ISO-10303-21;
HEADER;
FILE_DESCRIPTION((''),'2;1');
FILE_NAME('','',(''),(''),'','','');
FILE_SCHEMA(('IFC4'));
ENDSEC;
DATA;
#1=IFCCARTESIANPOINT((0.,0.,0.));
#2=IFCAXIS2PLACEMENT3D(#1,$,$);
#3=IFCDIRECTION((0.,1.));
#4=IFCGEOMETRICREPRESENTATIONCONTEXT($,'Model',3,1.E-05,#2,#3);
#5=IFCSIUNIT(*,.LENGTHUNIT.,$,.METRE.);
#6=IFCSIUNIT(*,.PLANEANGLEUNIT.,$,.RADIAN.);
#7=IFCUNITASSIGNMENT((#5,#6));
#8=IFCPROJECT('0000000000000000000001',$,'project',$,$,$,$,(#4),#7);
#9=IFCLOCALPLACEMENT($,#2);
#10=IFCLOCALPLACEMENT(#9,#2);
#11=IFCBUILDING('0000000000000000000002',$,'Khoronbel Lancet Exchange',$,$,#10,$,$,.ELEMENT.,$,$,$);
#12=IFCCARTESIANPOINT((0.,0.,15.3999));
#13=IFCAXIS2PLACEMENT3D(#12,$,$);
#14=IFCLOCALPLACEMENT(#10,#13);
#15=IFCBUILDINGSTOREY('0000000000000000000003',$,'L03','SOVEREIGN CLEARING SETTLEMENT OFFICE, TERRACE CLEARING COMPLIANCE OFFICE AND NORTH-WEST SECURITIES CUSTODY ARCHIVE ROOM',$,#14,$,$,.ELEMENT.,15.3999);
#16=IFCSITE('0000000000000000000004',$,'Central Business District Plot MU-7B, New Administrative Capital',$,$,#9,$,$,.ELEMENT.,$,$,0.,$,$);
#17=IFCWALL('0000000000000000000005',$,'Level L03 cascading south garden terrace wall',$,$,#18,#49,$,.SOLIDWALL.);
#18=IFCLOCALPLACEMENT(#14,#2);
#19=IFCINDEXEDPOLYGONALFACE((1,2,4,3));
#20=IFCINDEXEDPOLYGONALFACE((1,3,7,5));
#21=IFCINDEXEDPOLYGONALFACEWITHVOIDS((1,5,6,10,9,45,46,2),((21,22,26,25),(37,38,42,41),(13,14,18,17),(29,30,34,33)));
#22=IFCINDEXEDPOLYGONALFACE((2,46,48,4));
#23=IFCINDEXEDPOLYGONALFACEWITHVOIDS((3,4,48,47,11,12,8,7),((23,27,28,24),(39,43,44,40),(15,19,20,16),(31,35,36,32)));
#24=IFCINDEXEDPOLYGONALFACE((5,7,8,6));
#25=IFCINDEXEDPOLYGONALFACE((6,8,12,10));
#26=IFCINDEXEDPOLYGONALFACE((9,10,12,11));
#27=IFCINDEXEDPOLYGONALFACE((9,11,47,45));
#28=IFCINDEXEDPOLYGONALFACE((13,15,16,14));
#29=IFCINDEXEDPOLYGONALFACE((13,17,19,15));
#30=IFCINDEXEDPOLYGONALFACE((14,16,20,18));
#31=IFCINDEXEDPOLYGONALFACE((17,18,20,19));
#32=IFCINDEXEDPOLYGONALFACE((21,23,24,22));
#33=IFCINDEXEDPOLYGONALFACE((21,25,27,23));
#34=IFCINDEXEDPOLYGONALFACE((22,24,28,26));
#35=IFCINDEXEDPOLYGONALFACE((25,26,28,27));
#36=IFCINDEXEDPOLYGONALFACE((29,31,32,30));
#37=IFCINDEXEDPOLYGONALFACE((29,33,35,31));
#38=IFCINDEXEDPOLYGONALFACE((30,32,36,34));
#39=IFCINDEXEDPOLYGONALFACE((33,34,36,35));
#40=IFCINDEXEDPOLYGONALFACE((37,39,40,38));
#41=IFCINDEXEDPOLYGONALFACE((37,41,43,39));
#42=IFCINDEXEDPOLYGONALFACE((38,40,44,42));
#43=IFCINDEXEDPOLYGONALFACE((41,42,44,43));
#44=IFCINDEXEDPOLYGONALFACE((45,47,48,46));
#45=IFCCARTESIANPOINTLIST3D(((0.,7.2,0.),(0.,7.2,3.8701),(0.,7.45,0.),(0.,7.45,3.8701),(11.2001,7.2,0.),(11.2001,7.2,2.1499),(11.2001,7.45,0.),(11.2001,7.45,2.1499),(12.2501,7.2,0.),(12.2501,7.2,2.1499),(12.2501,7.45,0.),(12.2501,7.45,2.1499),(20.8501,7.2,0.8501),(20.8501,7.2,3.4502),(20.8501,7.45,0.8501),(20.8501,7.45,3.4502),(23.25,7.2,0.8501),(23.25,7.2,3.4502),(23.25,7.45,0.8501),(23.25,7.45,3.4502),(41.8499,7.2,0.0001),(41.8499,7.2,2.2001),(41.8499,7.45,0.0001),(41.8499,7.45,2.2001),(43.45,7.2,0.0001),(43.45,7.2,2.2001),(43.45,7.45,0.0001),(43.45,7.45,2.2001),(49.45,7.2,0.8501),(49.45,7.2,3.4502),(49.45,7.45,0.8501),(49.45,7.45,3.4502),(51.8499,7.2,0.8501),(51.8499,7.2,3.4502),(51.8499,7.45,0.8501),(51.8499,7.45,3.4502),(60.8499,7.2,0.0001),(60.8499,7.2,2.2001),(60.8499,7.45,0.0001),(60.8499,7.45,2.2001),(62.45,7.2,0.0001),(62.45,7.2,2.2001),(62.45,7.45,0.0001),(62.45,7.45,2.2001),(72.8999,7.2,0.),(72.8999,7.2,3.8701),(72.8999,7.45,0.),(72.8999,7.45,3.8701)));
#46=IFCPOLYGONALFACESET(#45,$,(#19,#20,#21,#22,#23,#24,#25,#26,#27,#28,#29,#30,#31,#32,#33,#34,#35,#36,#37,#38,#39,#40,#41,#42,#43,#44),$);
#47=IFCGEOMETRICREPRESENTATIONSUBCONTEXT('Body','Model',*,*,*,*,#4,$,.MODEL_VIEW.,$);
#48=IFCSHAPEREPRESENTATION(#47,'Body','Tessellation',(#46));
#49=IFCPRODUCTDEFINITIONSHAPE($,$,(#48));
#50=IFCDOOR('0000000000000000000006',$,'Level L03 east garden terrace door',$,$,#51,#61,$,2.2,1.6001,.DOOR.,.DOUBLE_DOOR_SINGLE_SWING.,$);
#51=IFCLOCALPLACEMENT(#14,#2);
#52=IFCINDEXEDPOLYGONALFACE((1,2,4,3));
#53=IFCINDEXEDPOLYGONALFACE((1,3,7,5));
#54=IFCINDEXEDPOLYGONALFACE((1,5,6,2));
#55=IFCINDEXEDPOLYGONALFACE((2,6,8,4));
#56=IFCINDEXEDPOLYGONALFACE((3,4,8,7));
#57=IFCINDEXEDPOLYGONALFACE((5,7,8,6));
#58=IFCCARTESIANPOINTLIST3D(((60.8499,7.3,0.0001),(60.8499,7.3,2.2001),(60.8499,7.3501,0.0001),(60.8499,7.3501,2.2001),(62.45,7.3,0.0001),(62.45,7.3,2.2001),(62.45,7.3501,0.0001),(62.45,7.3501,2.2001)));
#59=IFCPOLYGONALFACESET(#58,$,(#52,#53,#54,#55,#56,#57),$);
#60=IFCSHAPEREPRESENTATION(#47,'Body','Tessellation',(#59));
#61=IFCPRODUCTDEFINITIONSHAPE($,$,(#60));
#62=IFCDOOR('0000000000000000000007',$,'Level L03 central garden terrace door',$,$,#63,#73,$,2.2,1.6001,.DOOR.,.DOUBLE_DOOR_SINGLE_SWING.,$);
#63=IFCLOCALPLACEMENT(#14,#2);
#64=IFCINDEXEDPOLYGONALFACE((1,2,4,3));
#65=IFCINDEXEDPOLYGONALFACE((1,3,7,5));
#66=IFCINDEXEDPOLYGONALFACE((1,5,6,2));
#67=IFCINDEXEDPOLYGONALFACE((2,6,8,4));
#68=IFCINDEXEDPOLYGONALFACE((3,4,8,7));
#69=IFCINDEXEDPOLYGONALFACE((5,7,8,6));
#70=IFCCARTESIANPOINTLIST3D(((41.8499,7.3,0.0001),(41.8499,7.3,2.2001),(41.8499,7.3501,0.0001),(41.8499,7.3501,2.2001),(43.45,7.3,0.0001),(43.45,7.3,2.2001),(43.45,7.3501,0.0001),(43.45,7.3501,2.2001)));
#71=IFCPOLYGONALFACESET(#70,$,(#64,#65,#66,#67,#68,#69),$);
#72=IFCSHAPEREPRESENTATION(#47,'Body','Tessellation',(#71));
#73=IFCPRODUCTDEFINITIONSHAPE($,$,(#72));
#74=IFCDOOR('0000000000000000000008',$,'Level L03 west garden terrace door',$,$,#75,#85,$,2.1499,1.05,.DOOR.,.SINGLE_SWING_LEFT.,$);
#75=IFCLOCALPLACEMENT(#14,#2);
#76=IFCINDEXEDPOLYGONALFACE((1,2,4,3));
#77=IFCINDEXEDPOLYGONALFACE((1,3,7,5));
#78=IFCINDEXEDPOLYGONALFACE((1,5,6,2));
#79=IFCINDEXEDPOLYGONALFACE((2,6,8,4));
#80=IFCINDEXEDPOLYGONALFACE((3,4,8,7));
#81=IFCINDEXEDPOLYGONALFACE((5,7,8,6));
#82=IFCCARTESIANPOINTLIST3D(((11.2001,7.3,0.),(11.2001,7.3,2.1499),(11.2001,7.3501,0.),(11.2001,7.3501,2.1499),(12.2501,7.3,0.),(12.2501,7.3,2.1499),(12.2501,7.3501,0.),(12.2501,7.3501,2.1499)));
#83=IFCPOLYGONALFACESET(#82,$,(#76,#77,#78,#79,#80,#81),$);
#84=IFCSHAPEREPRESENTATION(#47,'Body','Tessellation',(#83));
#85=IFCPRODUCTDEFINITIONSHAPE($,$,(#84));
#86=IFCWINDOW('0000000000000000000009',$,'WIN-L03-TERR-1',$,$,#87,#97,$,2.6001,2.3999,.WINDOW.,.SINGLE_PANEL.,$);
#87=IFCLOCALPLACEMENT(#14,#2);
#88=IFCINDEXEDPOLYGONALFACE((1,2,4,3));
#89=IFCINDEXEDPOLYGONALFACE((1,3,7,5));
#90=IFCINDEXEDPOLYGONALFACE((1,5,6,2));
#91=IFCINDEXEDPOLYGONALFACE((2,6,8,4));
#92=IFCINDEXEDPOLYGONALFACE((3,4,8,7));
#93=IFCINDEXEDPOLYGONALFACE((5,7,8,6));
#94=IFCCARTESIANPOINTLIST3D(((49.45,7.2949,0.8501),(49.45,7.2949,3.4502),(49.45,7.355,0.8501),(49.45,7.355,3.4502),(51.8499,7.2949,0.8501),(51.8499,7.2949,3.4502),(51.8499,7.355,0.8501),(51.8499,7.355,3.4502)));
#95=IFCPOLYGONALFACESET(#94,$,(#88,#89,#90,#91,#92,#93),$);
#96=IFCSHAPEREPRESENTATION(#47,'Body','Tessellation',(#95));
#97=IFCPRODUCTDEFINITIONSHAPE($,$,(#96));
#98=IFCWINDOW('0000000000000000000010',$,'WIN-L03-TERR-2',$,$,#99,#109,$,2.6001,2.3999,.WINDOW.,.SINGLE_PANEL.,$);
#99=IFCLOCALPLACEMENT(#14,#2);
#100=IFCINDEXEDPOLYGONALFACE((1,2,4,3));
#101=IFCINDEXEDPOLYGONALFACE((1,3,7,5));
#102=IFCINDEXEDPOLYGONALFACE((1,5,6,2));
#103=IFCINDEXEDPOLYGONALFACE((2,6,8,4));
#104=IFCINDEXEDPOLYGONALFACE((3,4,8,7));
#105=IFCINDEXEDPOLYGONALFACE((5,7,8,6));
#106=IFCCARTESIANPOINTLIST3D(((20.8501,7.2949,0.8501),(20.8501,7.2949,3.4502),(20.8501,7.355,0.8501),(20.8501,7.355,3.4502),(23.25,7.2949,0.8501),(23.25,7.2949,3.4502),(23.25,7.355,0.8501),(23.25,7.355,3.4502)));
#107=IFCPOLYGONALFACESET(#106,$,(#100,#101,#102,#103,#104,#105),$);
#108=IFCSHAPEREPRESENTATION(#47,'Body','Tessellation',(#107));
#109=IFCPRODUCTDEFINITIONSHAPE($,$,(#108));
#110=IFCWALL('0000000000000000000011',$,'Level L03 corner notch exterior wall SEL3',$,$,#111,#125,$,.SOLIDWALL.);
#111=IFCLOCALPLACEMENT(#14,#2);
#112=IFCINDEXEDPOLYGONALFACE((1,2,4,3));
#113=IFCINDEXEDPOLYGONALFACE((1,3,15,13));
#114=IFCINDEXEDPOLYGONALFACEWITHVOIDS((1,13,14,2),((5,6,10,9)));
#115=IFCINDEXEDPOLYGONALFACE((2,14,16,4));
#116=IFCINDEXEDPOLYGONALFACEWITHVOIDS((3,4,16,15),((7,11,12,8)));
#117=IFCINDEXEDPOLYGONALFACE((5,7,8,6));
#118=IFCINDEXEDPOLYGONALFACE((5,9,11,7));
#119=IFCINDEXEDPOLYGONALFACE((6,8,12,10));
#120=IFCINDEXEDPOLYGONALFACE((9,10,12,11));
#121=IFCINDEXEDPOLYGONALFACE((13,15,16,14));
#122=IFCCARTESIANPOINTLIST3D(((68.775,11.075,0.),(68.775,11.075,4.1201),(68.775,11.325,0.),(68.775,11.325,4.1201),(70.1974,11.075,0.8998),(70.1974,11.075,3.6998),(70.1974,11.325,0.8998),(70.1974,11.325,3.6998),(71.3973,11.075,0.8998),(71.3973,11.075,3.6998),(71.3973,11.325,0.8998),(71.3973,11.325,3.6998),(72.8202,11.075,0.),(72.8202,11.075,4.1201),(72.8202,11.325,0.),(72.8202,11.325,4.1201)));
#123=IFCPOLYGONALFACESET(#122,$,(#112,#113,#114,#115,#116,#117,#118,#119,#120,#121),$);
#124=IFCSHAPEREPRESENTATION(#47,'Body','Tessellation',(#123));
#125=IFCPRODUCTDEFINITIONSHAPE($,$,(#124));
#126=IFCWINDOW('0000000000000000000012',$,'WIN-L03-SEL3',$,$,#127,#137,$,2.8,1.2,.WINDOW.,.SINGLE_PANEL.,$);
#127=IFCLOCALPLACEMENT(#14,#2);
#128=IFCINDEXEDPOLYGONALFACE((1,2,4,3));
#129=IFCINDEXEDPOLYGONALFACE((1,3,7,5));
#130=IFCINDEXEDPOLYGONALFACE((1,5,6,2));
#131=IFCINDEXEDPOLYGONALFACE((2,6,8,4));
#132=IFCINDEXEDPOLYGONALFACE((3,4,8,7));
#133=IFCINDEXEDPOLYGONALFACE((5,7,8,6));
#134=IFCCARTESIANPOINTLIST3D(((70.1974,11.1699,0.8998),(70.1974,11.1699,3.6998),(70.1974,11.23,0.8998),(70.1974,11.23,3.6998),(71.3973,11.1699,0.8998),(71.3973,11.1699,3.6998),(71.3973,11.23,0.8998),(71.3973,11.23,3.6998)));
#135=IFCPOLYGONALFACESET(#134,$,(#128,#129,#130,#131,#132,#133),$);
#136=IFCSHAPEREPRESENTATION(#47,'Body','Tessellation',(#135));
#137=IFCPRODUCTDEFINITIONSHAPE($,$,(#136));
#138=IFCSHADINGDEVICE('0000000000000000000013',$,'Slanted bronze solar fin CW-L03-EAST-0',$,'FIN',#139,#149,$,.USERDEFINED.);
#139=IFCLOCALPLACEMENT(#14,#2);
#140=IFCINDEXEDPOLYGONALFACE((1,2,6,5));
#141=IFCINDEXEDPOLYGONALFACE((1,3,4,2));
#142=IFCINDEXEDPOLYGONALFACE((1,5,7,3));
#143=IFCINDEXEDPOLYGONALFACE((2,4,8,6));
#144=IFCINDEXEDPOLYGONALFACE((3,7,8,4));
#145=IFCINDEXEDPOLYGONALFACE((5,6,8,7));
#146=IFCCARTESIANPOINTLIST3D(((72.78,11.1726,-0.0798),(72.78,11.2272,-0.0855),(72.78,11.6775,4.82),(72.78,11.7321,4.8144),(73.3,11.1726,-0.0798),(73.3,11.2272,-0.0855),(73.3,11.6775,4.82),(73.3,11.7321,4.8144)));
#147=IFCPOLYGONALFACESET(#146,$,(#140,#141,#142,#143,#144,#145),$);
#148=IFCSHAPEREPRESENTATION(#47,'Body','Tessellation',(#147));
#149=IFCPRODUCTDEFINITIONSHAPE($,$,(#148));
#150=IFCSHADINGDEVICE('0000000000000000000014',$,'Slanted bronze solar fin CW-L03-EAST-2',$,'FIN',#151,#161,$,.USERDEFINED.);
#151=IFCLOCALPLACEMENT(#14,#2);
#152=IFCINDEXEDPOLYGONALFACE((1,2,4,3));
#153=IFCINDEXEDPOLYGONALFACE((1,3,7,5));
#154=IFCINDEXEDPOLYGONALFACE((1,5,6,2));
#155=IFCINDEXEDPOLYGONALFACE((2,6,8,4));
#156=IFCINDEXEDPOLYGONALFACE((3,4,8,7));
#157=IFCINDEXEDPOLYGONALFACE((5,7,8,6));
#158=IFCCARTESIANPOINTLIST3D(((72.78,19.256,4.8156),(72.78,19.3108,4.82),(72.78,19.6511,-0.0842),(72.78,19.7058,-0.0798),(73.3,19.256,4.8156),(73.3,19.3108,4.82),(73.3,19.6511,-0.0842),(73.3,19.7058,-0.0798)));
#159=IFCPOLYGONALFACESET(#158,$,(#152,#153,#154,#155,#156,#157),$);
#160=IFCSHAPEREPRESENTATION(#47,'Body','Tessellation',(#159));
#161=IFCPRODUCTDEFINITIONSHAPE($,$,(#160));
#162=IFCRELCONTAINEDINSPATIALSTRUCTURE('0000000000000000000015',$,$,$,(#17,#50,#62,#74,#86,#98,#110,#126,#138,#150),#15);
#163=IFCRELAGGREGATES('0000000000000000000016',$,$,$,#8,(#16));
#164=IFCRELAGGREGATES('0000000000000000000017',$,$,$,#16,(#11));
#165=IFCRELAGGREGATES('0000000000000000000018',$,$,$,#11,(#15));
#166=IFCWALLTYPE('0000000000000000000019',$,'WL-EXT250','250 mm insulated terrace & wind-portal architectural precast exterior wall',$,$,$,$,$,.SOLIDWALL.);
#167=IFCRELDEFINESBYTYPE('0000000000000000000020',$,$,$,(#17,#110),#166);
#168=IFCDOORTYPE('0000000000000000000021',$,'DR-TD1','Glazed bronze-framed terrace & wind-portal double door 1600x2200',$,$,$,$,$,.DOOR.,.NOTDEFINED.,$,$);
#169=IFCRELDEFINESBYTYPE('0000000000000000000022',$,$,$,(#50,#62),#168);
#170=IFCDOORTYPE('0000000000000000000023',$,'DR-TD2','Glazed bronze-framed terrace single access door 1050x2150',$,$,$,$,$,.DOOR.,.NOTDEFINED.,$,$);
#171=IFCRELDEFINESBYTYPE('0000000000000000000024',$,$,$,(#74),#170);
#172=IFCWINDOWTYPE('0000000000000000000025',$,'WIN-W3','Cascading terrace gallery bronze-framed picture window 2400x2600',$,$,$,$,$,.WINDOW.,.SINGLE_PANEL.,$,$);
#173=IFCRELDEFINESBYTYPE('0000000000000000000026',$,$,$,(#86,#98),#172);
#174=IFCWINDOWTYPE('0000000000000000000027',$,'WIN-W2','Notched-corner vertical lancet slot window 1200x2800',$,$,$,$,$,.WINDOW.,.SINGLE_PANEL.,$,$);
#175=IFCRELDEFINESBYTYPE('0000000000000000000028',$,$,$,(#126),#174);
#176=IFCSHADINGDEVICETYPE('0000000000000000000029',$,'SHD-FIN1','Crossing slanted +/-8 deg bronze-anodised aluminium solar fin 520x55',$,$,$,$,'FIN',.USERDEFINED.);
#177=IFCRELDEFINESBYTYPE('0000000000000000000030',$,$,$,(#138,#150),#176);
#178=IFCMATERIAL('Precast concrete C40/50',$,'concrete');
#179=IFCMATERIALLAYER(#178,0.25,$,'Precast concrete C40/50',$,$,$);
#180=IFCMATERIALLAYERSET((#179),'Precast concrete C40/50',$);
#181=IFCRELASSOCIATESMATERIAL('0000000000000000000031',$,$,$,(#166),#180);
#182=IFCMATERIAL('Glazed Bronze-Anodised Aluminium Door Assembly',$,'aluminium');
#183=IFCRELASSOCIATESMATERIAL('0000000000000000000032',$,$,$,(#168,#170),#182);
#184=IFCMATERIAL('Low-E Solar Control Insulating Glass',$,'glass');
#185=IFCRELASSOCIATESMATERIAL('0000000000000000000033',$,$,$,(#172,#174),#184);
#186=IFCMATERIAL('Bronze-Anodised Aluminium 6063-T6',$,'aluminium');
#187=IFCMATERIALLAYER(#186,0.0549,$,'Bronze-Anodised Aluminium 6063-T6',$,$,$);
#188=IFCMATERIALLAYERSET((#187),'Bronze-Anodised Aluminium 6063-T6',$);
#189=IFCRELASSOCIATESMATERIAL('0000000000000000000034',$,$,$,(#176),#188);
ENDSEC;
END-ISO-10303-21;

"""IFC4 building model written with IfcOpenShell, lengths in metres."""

from ifc_helpers import new_model, si_unit, direction, frame, frame_2d, origin, place, context, subcontext, project, spatial, polyline, rectangle, outline, extrude, material, layer, layer_set, type_object, element, fill, save


model = new_model("IFC4")

# Units and contexts
model_context = context("Model", 3, precision=1e-05, world=origin(), true_north=direction((0.0, 1.0)))
body_context = subcontext(model_context, "Body", "Model", "MODEL_VIEW")
ifc_project = project(units=[si_unit("LENGTHUNIT", "METRE"), si_unit("PLANEANGLEUNIT", "RADIAN")], contexts=[model_context])

# Site, building, storey
site_placement = place(None, origin())
site = spatial("IfcSite", under=ifc_project, at=site_placement, Name="Central Business District Plot MU-7B, New Administrative Capital", CompositionType="ELEMENT", RefElevation=0.0)
building_placement = place(site_placement, origin())
building = spatial("IfcBuilding", under=site, at=building_placement, Name="Khoronbel Lancet Exchange", CompositionType="ELEMENT")
storey_placement = place(building_placement, frame((0.0, 0.0, 15.3999)))
storey = spatial("IfcBuildingStorey", under=building, at=storey_placement, Name="L03", Description="SOVEREIGN CLEARING SETTLEMENT OFFICE, TERRACE CLEARING COMPLIANCE OFFICE AND NORTH-WEST SECURITIES CUSTODY ARCHIVE ROOM", CompositionType="ELEMENT", Elevation=15.3999)

# Shared definitions
ifc_material_1 = material(Name="Low-E Solar Control Insulating Glass", Category="glass")
ifc_material_2 = material(Name="Bronze-Anodised Aluminium 6063-T6", Category="aluminium")

# Wall, openings, doors, windows
ifc_material_3 = material(Name="Precast concrete C40/50", Category="concrete")
ifc_layer_1 = layer(ifc_material_3, 0.25, Name="Precast concrete C40/50")
ifc_layer_set_1 = layer_set([ifc_layer_1], Name="Precast concrete C40/50")
wall_type = type_object("IfcWallType", Name="WL-EXT250", Description="250 mm insulated terrace & wind-portal architectural precast exterior wall", PredefinedType="SOLIDWALL", material=ifc_layer_set_1)
wall_1_placement = place(storey_placement, frame((72.8999, 7.325, 0.0), z_axis=(0.0, 0.0, 1.0), x_axis=(-1.0, 0.0, 0.0)))
wall_1 = element("IfcWall", 1, at=wall_1_placement, inside=storey, type_object=wall_type, Name="Level L03 cascading south garden terrace wall", PredefinedType="SOLIDWALL", context=body_context, shape_type="SweptSolid", body=[
    extrude(rectangle(XDim=72.8999, YDim=0.25, at=frame_2d((36.45, 0.0))), origin(), (0.0, 0.0, 1.0), 3.8701),
])
opening_1_placement = place(wall_1_placement, frame((10.45, 0.0, 0.0)))
opening_1 = element("IfcOpeningElement", 2, at=opening_1_placement, cuts=wall_1, PredefinedType="OPENING", context=body_context, shape_type="SweptSolid", body=[
    extrude(rectangle(XDim=1.6001, YDim=2.2, at=frame_2d((0.8, 1.1001))), frame((0.0, 0.135, 0.0), z_axis=(0.0, -1.0, 0.0), x_axis=(1.0, 0.0, 0.0)), (0.0, 0.0, 1.0), 0.27),
])
opening_2_placement = place(wall_1_placement, frame((29.45, 0.0, 0.0)))
opening_2 = element("IfcOpeningElement", 3, at=opening_2_placement, cuts=wall_1, PredefinedType="OPENING", context=body_context, shape_type="SweptSolid", body=[
    extrude(rectangle(XDim=1.6001, YDim=2.2, at=frame_2d((0.8, 1.1001))), frame((0.0, 0.135, 0.0), z_axis=(0.0, -1.0, 0.0), x_axis=(1.0, 0.0, 0.0)), (0.0, 0.0, 1.0), 0.27),
])
opening_3_placement = place(wall_1_placement, frame((60.6499, 0.0, 0.0)))
opening_3 = element("IfcOpeningElement", 4, at=opening_3_placement, cuts=wall_1, PredefinedType="OPENING", context=body_context, shape_type="SweptSolid", body=[
    extrude(rectangle(XDim=1.05, YDim=2.1499, at=frame_2d((0.5249, 1.075))), frame((0.0, 0.135, 0.0), z_axis=(0.0, -1.0, 0.0), x_axis=(1.0, 0.0, 0.0)), (0.0, 0.0, 1.0), 0.27),
])
opening_4_placement = place(wall_1_placement, frame((21.05, 0.0, 0.8501)))
opening_4 = element("IfcOpeningElement", 5, at=opening_4_placement, cuts=wall_1, PredefinedType="OPENING", context=body_context, shape_type="SweptSolid", body=[
    extrude(rectangle(XDim=2.3999, YDim=2.6001, at=frame_2d((1.2, 1.3))), frame((0.0, 0.135, 0.0), z_axis=(0.0, -1.0, 0.0), x_axis=(1.0, 0.0, 0.0)), (0.0, 0.0, 1.0), 0.27),
])
opening_5_placement = place(wall_1_placement, frame((49.6499, 0.0, 0.8501)))
opening_5 = element("IfcOpeningElement", 6, at=opening_5_placement, cuts=wall_1, PredefinedType="OPENING", context=body_context, shape_type="SweptSolid", body=[
    extrude(rectangle(XDim=2.3999, YDim=2.6001, at=frame_2d((1.2, 1.3))), frame((0.0, 0.135, 0.0), z_axis=(0.0, -1.0, 0.0), x_axis=(1.0, 0.0, 0.0)), (0.0, 0.0, 1.0), 0.27),
])
ifc_material_4 = material(Name="Glazed Bronze-Anodised Aluminium Door Assembly", Category="aluminium")
door_type_1 = type_object("IfcDoorType", Name="DR-TD1", Description="Glazed bronze-framed terrace & wind-portal double door 1600x2200", OperationType="NOTDEFINED", PredefinedType="DOOR", material=ifc_material_4)
door_1_placement = place(opening_1_placement, origin())
door_1 = element("IfcDoor", 7, at=door_1_placement, inside=storey, type_object=door_type_1, Name="Level L03 east garden terrace door", OperationType="DOUBLE_DOOR_SINGLE_SWING", OverallHeight=2.2, OverallWidth=1.6001, PredefinedType="DOOR", context=body_context, shape_type="SweptSolid", body=[
    extrude(rectangle(XDim=1.6001, YDim=2.2, at=frame_2d((0.8, 1.1001))), frame((0.0, 0.0249, 0.0), z_axis=(0.0, -1.0, 0.0), x_axis=(1.0, 0.0, 0.0)), (0.0, 0.0, 1.0), 0.05),
])
fill(opening_1, door_1)
door_2_placement = place(opening_2_placement, origin())
door_2 = element("IfcDoor", 8, at=door_2_placement, inside=storey, type_object=door_type_1, Name="Level L03 central garden terrace door", OperationType="DOUBLE_DOOR_SINGLE_SWING", OverallHeight=2.2, OverallWidth=1.6001, PredefinedType="DOOR", context=body_context, shape_type="SweptSolid", body=[
    extrude(rectangle(XDim=1.6001, YDim=2.2, at=frame_2d((0.8, 1.1001))), frame((0.0, 0.0249, 0.0), z_axis=(0.0, -1.0, 0.0), x_axis=(1.0, 0.0, 0.0)), (0.0, 0.0, 1.0), 0.05),
])
fill(opening_2, door_2)
door_type_2 = type_object("IfcDoorType", Name="DR-TD2", Description="Glazed bronze-framed terrace single access door 1050x2150", OperationType="NOTDEFINED", PredefinedType="DOOR", material=ifc_material_4)
door_3_placement = place(opening_3_placement, origin())
door_3 = element("IfcDoor", 9, at=door_3_placement, inside=storey, type_object=door_type_2, Name="Level L03 west garden terrace door", OperationType="SINGLE_SWING_LEFT", OverallHeight=2.1499, OverallWidth=1.05, PredefinedType="DOOR", context=body_context, shape_type="SweptSolid", body=[
    extrude(rectangle(XDim=1.05, YDim=2.1499, at=frame_2d((0.5249, 1.075))), frame((0.0, 0.0249, 0.0), z_axis=(0.0, -1.0, 0.0), x_axis=(1.0, 0.0, 0.0)), (0.0, 0.0, 1.0), 0.05),
])
fill(opening_3, door_3)
window_type_1 = type_object("IfcWindowType", Name="WIN-W3", Description="Cascading terrace gallery bronze-framed picture window 2400x2600", PartitioningType="SINGLE_PANEL", PredefinedType="WINDOW", material=ifc_material_1)
window_1_placement = place(opening_4_placement, origin())
window_1 = element("IfcWindow", 10, at=window_1_placement, inside=storey, type_object=window_type_1, Name="WIN-L03-TERR-1", OverallHeight=2.6001, OverallWidth=2.3999, PartitioningType="SINGLE_PANEL", PredefinedType="WINDOW", context=body_context, shape_type="SweptSolid", body=[
    extrude(rectangle(XDim=2.3999, YDim=2.6001, at=frame_2d((1.2, 1.3))), frame((0.0, 0.03, 0.0), z_axis=(0.0, -1.0, 0.0), x_axis=(1.0, 0.0, 0.0)), (0.0, 0.0, 1.0), 0.0601),
])
fill(opening_4, window_1)
window_2_placement = place(opening_5_placement, origin())
window_2 = element("IfcWindow", 11, at=window_2_placement, inside=storey, type_object=window_type_1, Name="WIN-L03-TERR-2", OverallHeight=2.6001, OverallWidth=2.3999, PartitioningType="SINGLE_PANEL", PredefinedType="WINDOW", context=body_context, shape_type="SweptSolid", body=[
    extrude(rectangle(XDim=2.3999, YDim=2.6001, at=frame_2d((1.2, 1.3))), frame((0.0, 0.03, 0.0), z_axis=(0.0, -1.0, 0.0), x_axis=(1.0, 0.0, 0.0)), (0.0, 0.0, 1.0), 0.0601),
])
fill(opening_5, window_2)

# Wall, opening, window
wall_2_placement = place(storey_placement, frame((72.8201, 11.2, 0.0), z_axis=(0.0, 0.0, 1.0), x_axis=(-1.0, 0.0, 0.0)))
wall_2 = element("IfcWall", 12, at=wall_2_placement, inside=storey, type_object=wall_type, Name="Level L03 corner notch exterior wall SEL3", PredefinedType="SOLIDWALL", context=body_context, shape_type="SweptSolid", body=[
    extrude(rectangle(XDim=4.0452, YDim=0.25, at=frame_2d((2.0225, 0.0))), origin(), (0.0, 0.0, 1.0), 4.1201),
])
opening_6_placement = place(wall_2_placement, frame((1.4226, 0.0, 0.8999)))
opening_6 = element("IfcOpeningElement", 13, at=opening_6_placement, cuts=wall_2, PredefinedType="OPENING", context=body_context, shape_type="SweptSolid", body=[
    extrude(rectangle(XDim=1.2, YDim=2.8, at=frame_2d((0.6001, 1.3999))), frame((0.0, 0.135, 0.0), z_axis=(0.0, -1.0, 0.0), x_axis=(1.0, 0.0, 0.0)), (0.0, 0.0, 1.0), 0.27),
])
window_type_2 = type_object("IfcWindowType", Name="WIN-W2", Description="Notched-corner vertical lancet slot window 1200x2800", PartitioningType="SINGLE_PANEL", PredefinedType="WINDOW", material=ifc_material_1)
window_3_placement = place(opening_6_placement, origin())
window_3 = element("IfcWindow", 14, at=window_3_placement, inside=storey, type_object=window_type_2, Name="WIN-L03-SEL3", OverallHeight=2.8, OverallWidth=1.2, PartitioningType="SINGLE_PANEL", PredefinedType="WINDOW", context=body_context, shape_type="SweptSolid", body=[
    extrude(rectangle(XDim=1.2, YDim=2.8, at=frame_2d((0.6001, 1.3999))), frame((0.0, 0.03, 0.0), z_axis=(0.0, -1.0, 0.0), x_axis=(1.0, 0.0, 0.0)), (0.0, 0.0, 1.0), 0.0601),
])
fill(opening_6, window_3)

# Shading devices
ifc_layer_2 = layer(ifc_material_2, 0.0549, Name="Bronze-Anodised Aluminium 6063-T6")
ifc_layer_set_2 = layer_set([ifc_layer_2], Name="Bronze-Anodised Aluminium 6063-T6")
shading_device_type = type_object("IfcShadingDeviceType", Name="SHD-FIN1", Description="Crossing slanted +/-8 deg bronze-anodised aluminium solar fin 520x55", ElementType="FIN", PredefinedType="USERDEFINED", material=ifc_layer_set_2)
shading_device_1_placement = place(storey_placement, frame((72.78, 11.1726, -0.0798), z_axis=(0.0, -0.994733, 0.102497), x_axis=(1.0, 0.0, 0.0)))
element("IfcShadingDevice", 15, at=shading_device_1_placement, inside=storey, type_object=shading_device_type, Name="Slanted bronze solar fin CW-L03-EAST-0", ObjectType="FIN", PredefinedType="USERDEFINED", context=body_context, shape_type="SweptSolid", body=[
    extrude(outline(polyline([(0.0, 0.0), (0.52, 0.0), (0.52, 4.9258), (0.0, 4.9258), (0.0, 0.0)])), origin(), (0.0, 0.0, -1.0), 0.0549),
])
shading_device_2_placement = place(storey_placement, frame((72.78, 19.7058, -0.0798), z_axis=(0.0, 0.996766, 0.080357), x_axis=(1.0, 0.0, 0.0)))
element("IfcShadingDevice", 16, at=shading_device_2_placement, inside=storey, type_object=shading_device_type, Name="Slanted bronze solar fin CW-L03-EAST-2", ObjectType="FIN", PredefinedType="USERDEFINED", context=body_context, shape_type="SweptSolid", body=[
    extrude(outline(polyline([(0.0, 0.0), (0.52, 0.0), (0.52, -4.9158), (0.0, -4.9158), (0.0, 0.0)])), origin(), (0.0, 0.0, -1.0), 0.0549),
])

save(model, "model.ifc")
